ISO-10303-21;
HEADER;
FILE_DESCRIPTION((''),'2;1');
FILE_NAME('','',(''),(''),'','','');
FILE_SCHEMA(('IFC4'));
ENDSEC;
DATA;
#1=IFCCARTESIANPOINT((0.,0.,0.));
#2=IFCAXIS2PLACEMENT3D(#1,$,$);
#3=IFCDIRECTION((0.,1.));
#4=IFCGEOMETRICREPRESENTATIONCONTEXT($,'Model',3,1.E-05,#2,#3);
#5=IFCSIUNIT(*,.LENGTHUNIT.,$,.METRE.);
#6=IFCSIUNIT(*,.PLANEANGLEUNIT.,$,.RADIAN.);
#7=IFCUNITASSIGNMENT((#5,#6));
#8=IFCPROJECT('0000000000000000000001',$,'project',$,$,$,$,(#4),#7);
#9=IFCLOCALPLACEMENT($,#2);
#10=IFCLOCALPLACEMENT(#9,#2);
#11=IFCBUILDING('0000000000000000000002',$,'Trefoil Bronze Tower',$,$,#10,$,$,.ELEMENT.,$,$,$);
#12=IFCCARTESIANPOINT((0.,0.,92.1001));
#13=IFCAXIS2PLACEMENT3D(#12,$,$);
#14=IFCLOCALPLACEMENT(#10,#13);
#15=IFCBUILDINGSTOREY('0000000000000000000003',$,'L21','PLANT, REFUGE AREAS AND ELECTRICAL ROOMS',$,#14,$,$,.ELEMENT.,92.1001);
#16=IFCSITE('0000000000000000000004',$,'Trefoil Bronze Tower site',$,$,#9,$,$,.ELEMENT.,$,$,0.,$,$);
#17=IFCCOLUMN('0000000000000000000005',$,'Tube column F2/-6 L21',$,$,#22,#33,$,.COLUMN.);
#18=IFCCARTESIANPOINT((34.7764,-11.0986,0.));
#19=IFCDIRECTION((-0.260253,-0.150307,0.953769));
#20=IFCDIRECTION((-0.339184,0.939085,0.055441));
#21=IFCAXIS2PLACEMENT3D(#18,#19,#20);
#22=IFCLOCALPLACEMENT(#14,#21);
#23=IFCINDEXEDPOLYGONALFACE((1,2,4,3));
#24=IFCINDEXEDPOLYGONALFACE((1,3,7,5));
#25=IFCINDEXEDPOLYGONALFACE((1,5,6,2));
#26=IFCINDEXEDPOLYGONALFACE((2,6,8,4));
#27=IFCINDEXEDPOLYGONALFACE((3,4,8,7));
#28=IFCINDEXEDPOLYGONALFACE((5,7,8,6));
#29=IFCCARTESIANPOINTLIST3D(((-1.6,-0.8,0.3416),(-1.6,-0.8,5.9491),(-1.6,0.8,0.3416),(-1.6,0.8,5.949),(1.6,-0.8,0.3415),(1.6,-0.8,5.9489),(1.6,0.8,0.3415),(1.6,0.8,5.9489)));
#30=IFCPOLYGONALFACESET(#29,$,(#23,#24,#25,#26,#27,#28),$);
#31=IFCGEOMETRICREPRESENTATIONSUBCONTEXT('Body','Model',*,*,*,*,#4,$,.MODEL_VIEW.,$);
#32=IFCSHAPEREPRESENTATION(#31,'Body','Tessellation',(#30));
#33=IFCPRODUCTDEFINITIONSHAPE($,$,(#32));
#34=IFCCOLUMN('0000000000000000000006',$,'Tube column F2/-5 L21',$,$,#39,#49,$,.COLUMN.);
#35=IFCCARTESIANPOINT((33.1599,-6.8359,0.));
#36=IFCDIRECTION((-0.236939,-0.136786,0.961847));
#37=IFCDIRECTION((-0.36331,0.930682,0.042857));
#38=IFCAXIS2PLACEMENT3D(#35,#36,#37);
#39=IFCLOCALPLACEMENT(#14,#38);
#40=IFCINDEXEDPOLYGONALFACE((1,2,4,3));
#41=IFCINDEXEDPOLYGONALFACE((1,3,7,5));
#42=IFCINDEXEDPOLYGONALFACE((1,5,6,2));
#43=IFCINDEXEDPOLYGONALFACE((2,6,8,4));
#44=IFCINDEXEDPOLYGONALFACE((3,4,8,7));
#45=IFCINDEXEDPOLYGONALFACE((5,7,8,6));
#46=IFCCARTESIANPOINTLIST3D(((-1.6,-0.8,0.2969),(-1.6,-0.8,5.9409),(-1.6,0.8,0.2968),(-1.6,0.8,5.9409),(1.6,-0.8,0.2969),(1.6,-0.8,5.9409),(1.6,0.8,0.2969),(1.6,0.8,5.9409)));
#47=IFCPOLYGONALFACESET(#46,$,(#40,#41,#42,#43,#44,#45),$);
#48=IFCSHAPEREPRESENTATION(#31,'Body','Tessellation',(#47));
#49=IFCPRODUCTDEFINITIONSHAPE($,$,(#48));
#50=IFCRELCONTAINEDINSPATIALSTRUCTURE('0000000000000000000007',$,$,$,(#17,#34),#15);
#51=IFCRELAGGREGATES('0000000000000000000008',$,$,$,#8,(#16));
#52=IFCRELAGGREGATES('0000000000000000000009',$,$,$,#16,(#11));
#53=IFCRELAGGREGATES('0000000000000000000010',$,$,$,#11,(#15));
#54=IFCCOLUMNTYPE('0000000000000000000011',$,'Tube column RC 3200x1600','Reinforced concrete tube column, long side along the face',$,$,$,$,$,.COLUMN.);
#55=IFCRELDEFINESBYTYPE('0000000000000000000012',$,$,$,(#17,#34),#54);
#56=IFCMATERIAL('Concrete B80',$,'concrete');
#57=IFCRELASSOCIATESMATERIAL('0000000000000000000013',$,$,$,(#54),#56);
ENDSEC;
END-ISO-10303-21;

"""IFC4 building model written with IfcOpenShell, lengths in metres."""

from ifc_helpers import new_model, si_unit, direction, frame, origin, origin_2d, place, context, subcontext, project, spatial, rectangle, extrude, clip, halfspace, material, material_profile, profile_set, type_object, element, save


model = new_model("IFC4")

# Units and contexts
model_context = context("Model", 3, precision=1e-05, world=origin(), true_north=direction((0.0, 1.0)))
body_context = subcontext(model_context, "Body", "Model", "MODEL_VIEW")
ifc_project = project(units=[si_unit("LENGTHUNIT", "METRE"), si_unit("PLANEANGLEUNIT", "RADIAN")], contexts=[model_context])

# Site, building, storey
site_placement = place(None, origin())
site = spatial("IfcSite", under=ifc_project, at=site_placement, Name="Trefoil Bronze Tower site", CompositionType="ELEMENT", RefElevation=0.0)
building_placement = place(site_placement, origin())
building = spatial("IfcBuilding", under=site, at=building_placement, Name="Trefoil Bronze Tower", CompositionType="ELEMENT")
storey_placement = place(building_placement, frame((0.0, 0.0, 92.1001)))
storey = spatial("IfcBuildingStorey", under=building, at=storey_placement, Name="L21", Description="PLANT, REFUGE AREAS AND ELECTRICAL ROOMS", CompositionType="ELEMENT", Elevation=92.1001)

# Columns
ifc_material_1 = material(Name="Concrete B80", Category="concrete")
ifc_material_profile_1 = material_profile(ifc_material_1, rectangle(XDim=3.2, YDim=1.6001, at=origin_2d()), Name="RC 3200x1600")
ifc_profile_set_1 = profile_set([ifc_material_profile_1], Name="Concrete B80")
column_type = type_object("IfcColumnType", Name="Tube column RC 3200x1600", Description="Reinforced concrete tube column, long side along the face", PredefinedType="COLUMN", material=ifc_profile_set_1)
column_1_placement = place(storey_placement, frame((34.7764, -11.0986, 0.0), z_axis=(-0.260253, -0.150307, 0.953769), x_axis=(-0.339184, 0.939085, 0.055441)))
element("IfcColumn", 1, at=column_1_placement, inside=storey, type_object=column_type, Name="Tube column F2/-6 L21", PredefinedType="COLUMN", context=body_context, shape_type="Clipping", body=[
    clip(clip(extrude(rectangle(XDim=3.2, YDim=1.6001, at=origin_2d()), origin(), (0.0, 0.0, 1.0), 6.2908), halfspace(frame((0.0, 0.0, 0.3416), z_axis=(0.00004, 0.000023, 1.0), x_axis=(0.0, 1.0, -0.000023)), True)), halfspace(frame((0.0002, 0.0, 5.949), z_axis=(-0.00004, -0.000023, -1.0), x_axis=(0.0, -1.0, 0.000023)), True)),
])
column_2_placement = place(storey_placement, frame((33.1599, -6.8359, 0.0), z_axis=(-0.236939, -0.136786, 0.961847), x_axis=(-0.36331, 0.930682, 0.042857)))
element("IfcColumn", 2, at=column_2_placement, inside=storey, type_object=column_type, Name="Tube column F2/-5 L21", PredefinedType="COLUMN", context=body_context, shape_type="Clipping", body=[
    clip(clip(extrude(rectangle(XDim=3.2, YDim=1.6001, at=origin_2d()), origin(), (0.0, 0.0, 1.0), 6.238), halfspace(frame((0.0, 0.0, 0.2969), z_axis=(-0.000012, 0.000014, 1.0), x_axis=(0.0, 1.0, -0.000014)), True)), halfspace(frame((0.0, 0.0002, 5.9409), z_axis=(0.000012, -0.000014, -1.0), x_axis=(0.0, -1.0, 0.000014)), True)),
])

save(model, "model.ifc")
